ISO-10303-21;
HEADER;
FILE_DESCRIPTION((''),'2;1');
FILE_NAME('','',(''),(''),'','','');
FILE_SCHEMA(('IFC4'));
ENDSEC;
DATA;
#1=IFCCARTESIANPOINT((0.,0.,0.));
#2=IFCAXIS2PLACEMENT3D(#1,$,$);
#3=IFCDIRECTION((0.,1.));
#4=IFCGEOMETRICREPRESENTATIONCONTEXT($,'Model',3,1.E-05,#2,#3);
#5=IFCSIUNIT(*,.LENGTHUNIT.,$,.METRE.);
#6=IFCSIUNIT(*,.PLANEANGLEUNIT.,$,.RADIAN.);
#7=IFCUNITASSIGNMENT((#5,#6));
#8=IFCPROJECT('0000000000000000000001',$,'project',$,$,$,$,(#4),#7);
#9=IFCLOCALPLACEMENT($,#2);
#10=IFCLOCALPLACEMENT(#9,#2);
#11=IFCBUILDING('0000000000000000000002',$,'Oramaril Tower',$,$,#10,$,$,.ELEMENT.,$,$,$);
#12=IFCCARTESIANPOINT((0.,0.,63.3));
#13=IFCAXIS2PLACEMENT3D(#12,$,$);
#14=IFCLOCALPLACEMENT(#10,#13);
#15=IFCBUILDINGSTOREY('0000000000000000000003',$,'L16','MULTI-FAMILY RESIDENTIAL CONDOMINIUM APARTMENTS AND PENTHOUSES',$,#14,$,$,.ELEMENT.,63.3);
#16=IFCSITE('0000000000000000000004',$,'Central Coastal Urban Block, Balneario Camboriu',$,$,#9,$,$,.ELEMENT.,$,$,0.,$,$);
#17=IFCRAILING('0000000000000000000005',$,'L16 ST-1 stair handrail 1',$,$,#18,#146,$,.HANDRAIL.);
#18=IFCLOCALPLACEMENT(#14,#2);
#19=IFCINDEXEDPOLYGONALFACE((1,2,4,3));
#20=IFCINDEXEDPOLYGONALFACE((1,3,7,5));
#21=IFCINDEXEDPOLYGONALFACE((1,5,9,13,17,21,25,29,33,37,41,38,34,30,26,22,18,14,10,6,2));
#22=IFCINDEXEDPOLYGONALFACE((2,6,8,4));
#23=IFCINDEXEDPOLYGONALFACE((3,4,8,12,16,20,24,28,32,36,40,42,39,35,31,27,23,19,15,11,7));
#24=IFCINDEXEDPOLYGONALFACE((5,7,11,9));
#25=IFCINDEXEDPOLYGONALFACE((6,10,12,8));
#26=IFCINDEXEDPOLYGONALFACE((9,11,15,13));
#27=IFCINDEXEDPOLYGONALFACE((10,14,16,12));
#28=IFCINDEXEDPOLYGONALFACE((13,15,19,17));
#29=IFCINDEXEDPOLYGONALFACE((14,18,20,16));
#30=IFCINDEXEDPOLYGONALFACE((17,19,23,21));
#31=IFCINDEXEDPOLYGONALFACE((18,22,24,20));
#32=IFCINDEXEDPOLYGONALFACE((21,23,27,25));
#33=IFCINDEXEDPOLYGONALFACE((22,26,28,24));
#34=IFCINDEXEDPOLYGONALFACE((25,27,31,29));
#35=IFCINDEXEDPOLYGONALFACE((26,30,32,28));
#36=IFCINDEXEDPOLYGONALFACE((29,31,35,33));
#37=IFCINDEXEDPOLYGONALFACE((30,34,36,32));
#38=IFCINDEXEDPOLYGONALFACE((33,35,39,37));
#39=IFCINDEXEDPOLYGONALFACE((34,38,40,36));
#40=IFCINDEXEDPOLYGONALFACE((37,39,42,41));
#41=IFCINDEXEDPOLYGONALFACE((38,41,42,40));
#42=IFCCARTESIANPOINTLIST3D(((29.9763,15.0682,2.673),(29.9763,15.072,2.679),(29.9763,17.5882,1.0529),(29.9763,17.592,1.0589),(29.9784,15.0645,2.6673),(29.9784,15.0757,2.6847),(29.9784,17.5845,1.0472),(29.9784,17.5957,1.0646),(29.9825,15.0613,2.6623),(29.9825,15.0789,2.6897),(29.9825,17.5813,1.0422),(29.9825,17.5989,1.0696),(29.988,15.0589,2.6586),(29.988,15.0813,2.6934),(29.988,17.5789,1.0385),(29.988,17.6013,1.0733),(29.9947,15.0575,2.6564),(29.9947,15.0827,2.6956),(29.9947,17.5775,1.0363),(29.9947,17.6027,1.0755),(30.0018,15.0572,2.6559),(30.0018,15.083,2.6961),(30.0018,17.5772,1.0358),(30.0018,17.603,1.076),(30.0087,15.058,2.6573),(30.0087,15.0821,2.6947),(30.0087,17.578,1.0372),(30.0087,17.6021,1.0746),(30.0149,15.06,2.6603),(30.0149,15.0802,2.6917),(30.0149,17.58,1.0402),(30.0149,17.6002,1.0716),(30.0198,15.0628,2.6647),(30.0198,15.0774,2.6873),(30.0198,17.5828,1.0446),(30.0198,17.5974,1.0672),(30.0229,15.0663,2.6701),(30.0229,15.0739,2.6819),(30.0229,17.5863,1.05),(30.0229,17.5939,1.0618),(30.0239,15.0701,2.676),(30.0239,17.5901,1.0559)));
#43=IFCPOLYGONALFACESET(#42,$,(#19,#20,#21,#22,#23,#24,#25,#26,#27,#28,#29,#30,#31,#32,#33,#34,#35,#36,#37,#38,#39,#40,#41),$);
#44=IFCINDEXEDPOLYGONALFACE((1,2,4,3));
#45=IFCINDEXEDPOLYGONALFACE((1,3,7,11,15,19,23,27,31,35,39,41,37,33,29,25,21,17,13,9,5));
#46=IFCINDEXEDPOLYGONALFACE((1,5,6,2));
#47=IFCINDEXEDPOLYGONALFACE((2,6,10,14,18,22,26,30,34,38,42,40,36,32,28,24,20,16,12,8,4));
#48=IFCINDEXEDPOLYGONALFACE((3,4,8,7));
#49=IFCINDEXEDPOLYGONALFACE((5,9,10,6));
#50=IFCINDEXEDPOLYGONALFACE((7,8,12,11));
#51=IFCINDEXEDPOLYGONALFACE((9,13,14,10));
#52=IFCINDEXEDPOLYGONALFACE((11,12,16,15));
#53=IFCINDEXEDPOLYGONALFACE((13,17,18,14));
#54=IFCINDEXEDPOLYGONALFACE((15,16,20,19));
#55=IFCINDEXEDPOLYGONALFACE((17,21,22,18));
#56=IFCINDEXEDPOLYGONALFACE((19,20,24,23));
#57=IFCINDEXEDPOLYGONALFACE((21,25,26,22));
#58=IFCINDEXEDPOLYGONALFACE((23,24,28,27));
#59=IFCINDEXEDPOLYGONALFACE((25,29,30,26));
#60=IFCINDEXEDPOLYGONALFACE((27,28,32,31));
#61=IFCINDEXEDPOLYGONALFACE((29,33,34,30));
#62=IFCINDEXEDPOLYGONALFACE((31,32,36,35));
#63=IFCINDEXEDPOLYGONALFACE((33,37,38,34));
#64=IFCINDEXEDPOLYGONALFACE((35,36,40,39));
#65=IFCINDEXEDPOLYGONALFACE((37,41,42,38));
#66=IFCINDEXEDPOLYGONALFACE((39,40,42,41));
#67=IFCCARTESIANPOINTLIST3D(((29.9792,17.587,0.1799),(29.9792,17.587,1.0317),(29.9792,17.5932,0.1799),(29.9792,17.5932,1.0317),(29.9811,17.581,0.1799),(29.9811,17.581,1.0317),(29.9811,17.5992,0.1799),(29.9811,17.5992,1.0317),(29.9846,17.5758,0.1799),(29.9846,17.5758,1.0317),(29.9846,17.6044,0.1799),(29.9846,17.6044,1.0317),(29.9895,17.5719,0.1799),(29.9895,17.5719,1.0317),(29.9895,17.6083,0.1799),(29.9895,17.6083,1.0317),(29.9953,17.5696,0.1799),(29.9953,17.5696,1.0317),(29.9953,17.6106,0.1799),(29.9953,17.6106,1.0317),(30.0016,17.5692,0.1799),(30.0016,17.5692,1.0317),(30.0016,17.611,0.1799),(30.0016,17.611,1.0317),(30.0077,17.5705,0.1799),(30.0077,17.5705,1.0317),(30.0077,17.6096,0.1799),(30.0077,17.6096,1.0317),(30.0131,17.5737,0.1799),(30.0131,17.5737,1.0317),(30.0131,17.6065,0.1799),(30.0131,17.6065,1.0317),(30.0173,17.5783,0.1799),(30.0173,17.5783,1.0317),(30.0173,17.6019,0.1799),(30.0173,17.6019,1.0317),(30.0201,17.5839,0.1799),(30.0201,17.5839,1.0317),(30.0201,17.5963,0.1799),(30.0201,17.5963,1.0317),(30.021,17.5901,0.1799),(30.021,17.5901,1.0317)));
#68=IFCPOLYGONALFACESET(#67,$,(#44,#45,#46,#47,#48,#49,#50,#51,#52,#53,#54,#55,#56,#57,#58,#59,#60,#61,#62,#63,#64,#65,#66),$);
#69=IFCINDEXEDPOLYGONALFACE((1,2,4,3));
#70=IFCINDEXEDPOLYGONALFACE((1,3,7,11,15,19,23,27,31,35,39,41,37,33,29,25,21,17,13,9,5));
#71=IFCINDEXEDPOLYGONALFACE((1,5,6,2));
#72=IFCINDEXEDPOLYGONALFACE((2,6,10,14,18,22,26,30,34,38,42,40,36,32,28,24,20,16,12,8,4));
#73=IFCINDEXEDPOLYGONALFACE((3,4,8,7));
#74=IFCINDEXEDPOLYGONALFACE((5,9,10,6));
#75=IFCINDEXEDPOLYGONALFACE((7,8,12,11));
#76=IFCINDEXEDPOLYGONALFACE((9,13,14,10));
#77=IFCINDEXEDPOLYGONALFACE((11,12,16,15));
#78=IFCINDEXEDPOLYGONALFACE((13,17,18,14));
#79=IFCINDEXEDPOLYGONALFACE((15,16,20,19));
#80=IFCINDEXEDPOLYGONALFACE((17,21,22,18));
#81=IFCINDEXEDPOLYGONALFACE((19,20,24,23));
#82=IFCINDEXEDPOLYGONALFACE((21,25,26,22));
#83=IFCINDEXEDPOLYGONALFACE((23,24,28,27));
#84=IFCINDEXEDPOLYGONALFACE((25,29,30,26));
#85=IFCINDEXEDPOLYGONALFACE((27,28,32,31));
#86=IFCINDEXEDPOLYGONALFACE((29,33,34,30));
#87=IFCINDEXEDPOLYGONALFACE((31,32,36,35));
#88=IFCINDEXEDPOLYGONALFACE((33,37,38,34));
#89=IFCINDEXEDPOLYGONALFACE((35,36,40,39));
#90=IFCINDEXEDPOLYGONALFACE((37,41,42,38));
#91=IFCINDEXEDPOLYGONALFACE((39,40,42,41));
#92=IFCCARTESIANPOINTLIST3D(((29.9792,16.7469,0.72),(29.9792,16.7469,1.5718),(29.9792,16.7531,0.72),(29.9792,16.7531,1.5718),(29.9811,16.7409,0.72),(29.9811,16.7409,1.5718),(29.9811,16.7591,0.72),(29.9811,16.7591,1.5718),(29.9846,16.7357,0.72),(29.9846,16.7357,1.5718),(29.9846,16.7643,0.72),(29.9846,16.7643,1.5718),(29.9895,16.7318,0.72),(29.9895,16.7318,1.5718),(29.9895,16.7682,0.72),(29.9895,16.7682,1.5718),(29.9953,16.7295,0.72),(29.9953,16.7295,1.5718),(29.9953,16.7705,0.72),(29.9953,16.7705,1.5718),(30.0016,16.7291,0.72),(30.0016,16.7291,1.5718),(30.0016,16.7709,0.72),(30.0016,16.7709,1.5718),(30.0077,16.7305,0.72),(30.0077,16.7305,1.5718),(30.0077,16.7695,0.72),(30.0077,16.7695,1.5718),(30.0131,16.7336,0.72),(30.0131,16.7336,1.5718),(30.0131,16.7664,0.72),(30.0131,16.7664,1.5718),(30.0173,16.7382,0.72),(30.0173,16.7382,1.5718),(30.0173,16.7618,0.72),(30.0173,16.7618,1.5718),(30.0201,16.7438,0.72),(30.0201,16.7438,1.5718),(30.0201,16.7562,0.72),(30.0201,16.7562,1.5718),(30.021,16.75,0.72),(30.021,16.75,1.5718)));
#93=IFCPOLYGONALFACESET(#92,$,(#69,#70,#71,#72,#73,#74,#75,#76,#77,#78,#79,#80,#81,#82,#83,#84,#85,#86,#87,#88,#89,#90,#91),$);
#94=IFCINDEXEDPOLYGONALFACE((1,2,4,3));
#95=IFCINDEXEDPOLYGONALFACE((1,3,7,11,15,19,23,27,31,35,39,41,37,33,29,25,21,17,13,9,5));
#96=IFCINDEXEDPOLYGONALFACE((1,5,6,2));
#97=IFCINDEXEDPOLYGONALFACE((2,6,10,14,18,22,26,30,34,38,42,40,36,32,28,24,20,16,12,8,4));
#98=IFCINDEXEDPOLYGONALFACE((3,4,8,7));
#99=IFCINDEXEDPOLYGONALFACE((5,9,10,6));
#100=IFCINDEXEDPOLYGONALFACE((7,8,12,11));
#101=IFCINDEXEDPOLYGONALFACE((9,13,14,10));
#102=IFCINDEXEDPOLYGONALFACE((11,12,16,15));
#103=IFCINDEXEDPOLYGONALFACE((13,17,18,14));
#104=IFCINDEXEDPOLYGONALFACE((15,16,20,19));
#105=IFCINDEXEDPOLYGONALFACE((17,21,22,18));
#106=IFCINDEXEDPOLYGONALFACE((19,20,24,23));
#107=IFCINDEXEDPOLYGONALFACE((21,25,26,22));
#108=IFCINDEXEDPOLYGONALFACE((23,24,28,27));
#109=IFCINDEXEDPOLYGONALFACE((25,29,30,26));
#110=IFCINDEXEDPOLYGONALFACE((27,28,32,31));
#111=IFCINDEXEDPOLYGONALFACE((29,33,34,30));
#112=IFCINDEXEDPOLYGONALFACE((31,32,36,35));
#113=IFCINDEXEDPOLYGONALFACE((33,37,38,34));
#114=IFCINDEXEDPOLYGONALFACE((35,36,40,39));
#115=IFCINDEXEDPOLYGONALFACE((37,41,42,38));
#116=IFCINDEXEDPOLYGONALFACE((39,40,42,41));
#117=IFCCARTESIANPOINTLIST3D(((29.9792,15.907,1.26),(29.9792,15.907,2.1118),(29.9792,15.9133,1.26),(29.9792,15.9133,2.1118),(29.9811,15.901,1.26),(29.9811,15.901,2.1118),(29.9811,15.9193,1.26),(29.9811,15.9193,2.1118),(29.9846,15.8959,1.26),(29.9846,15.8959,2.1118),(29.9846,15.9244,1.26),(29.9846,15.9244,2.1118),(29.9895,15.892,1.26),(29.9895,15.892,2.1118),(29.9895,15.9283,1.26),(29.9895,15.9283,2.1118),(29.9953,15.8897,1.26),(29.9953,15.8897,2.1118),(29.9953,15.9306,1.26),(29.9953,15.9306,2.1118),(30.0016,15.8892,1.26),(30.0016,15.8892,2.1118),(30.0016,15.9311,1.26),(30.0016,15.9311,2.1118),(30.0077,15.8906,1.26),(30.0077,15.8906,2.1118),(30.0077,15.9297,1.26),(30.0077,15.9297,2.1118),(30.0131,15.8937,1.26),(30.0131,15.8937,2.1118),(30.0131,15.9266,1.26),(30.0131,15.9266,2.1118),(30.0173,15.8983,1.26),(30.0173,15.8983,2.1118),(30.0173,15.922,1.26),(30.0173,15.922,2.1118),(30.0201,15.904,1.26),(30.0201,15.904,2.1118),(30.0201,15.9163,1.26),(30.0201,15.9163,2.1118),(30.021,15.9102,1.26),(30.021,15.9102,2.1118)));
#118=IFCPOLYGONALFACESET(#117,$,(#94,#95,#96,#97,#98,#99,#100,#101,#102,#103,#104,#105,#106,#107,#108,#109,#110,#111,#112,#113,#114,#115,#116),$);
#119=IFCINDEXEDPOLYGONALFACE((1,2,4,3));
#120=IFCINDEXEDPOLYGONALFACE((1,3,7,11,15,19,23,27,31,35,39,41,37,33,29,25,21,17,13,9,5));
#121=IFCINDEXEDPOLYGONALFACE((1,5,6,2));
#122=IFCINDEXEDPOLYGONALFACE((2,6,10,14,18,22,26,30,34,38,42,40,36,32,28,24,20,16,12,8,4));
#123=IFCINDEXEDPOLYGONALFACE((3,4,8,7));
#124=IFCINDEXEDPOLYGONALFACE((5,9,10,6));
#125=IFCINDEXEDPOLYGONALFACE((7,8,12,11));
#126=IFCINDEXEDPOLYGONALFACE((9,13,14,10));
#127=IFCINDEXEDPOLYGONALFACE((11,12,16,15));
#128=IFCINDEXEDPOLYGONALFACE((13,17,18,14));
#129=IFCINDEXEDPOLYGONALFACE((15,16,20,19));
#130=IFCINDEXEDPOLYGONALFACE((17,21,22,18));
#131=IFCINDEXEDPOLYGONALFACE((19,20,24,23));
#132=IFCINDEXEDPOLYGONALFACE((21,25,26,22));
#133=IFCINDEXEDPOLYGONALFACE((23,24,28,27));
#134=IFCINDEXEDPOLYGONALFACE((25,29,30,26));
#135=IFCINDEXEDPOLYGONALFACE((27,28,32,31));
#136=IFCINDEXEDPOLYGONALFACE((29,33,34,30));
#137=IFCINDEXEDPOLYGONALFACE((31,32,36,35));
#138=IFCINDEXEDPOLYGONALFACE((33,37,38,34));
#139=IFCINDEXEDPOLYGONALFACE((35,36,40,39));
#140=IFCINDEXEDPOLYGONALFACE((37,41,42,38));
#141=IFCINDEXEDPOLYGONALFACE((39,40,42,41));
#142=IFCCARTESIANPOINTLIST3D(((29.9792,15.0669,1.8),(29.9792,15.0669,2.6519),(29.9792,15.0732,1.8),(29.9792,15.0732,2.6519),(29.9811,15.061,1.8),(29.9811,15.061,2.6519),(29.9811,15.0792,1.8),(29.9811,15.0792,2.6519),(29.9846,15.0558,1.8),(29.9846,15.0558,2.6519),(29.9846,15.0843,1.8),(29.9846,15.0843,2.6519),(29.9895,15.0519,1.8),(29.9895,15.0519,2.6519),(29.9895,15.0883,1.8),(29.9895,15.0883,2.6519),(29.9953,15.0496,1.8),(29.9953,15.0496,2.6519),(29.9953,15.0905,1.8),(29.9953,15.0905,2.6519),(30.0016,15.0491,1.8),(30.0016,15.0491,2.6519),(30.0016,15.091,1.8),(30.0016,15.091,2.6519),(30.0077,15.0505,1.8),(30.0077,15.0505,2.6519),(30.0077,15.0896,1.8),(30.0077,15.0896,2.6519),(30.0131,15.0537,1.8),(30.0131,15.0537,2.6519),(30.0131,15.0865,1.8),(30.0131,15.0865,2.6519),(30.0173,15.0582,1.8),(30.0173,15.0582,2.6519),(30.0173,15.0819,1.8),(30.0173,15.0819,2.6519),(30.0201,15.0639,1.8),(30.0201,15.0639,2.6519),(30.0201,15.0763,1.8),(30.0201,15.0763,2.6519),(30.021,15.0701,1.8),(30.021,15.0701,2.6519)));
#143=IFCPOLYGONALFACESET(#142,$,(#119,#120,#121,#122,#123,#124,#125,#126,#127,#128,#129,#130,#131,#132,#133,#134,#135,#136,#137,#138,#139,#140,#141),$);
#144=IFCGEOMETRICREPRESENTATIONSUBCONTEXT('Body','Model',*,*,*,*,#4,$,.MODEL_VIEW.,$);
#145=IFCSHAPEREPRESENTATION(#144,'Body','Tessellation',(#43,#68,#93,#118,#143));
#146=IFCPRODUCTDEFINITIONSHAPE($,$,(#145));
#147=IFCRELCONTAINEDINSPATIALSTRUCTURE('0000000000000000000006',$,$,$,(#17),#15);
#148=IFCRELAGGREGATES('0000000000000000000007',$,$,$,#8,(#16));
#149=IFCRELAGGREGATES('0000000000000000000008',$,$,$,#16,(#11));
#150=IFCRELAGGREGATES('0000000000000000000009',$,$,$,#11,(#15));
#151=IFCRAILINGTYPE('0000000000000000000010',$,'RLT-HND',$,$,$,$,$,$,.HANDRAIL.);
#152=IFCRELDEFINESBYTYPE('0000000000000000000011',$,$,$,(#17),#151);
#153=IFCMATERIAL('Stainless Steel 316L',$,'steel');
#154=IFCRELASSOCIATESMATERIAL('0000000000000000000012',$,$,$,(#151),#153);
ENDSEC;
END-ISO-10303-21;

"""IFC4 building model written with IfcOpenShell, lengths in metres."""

from ifc_helpers import new_model, si_unit, direction, frame, origin, origin_2d, place, context, subcontext, project, spatial, circle, extrude, material, type_object, element, save


model = new_model("IFC4")

# Units and contexts
model_context = context("Model", 3, precision=1e-05, world=origin(), true_north=direction((0.0, 1.0)))
body_context = subcontext(model_context, "Body", "Model", "MODEL_VIEW")
ifc_project = project(units=[si_unit("LENGTHUNIT", "METRE"), si_unit("PLANEANGLEUNIT", "RADIAN")], contexts=[model_context])

# Site, building, storey
site_placement = place(None, origin())
site = spatial("IfcSite", under=ifc_project, at=site_placement, Name="Central Coastal Urban Block, Balneario Camboriu", CompositionType="ELEMENT", RefElevation=0.0)
building_placement = place(site_placement, origin())
building = spatial("IfcBuilding", under=site, at=building_placement, Name="Oramaril Tower", CompositionType="ELEMENT")
storey_placement = place(building_placement, frame((0.0, 0.0, 63.3)))
storey = spatial("IfcBuildingStorey", under=building, at=storey_placement, Name="L16", Description="MULTI-FAMILY RESIDENTIAL CONDOMINIUM APARTMENTS AND PENTHOUSES", CompositionType="ELEMENT", Elevation=63.3)

# Railing
ifc_material_1 = material(Name="Stainless Steel 316L", Category="steel")
railing_type_1 = type_object("IfcRailingType", Name="RLT-HND", PredefinedType="HANDRAIL", material=ifc_material_1)
railing_1_placement = place(storey_placement, frame((30.0, 17.5901, 0.1799)))
element("IfcRailing", 1, at=railing_1_placement, inside=storey, type_object=railing_type_1, Name="L16 ST-1 stair handrail 1", PredefinedType="HANDRAIL", context=body_context, shape_type="SweptSolid", body=[
    extrude(circle(Radius=0.0239, at=origin_2d()), frame((0.0, 0.0, 0.876), z_axis=(0.0, -0.841163, 0.540782), x_axis=(1.0, 0.0, 0.0)), (0.0, 0.0, 1.0), 2.9958),
    extrude(circle(Radius=0.021, at=origin_2d()), origin(), (0.0, 0.0, 1.0), 0.8518),
    extrude(circle(Radius=0.021, at=origin_2d()), frame((0.0, -0.8401, 0.54)), (0.0, 0.0, 1.0), 0.8518),
    extrude(circle(Radius=0.021, at=origin_2d()), frame((0.0, -1.6799, 1.0801)), (0.0, 0.0, 1.0), 0.8518),
    extrude(circle(Radius=0.021, at=origin_2d()), frame((0.0, -2.52, 1.6201)), (0.0, 0.0, 1.0), 0.8518),
])

save(model, "model.ifc")
